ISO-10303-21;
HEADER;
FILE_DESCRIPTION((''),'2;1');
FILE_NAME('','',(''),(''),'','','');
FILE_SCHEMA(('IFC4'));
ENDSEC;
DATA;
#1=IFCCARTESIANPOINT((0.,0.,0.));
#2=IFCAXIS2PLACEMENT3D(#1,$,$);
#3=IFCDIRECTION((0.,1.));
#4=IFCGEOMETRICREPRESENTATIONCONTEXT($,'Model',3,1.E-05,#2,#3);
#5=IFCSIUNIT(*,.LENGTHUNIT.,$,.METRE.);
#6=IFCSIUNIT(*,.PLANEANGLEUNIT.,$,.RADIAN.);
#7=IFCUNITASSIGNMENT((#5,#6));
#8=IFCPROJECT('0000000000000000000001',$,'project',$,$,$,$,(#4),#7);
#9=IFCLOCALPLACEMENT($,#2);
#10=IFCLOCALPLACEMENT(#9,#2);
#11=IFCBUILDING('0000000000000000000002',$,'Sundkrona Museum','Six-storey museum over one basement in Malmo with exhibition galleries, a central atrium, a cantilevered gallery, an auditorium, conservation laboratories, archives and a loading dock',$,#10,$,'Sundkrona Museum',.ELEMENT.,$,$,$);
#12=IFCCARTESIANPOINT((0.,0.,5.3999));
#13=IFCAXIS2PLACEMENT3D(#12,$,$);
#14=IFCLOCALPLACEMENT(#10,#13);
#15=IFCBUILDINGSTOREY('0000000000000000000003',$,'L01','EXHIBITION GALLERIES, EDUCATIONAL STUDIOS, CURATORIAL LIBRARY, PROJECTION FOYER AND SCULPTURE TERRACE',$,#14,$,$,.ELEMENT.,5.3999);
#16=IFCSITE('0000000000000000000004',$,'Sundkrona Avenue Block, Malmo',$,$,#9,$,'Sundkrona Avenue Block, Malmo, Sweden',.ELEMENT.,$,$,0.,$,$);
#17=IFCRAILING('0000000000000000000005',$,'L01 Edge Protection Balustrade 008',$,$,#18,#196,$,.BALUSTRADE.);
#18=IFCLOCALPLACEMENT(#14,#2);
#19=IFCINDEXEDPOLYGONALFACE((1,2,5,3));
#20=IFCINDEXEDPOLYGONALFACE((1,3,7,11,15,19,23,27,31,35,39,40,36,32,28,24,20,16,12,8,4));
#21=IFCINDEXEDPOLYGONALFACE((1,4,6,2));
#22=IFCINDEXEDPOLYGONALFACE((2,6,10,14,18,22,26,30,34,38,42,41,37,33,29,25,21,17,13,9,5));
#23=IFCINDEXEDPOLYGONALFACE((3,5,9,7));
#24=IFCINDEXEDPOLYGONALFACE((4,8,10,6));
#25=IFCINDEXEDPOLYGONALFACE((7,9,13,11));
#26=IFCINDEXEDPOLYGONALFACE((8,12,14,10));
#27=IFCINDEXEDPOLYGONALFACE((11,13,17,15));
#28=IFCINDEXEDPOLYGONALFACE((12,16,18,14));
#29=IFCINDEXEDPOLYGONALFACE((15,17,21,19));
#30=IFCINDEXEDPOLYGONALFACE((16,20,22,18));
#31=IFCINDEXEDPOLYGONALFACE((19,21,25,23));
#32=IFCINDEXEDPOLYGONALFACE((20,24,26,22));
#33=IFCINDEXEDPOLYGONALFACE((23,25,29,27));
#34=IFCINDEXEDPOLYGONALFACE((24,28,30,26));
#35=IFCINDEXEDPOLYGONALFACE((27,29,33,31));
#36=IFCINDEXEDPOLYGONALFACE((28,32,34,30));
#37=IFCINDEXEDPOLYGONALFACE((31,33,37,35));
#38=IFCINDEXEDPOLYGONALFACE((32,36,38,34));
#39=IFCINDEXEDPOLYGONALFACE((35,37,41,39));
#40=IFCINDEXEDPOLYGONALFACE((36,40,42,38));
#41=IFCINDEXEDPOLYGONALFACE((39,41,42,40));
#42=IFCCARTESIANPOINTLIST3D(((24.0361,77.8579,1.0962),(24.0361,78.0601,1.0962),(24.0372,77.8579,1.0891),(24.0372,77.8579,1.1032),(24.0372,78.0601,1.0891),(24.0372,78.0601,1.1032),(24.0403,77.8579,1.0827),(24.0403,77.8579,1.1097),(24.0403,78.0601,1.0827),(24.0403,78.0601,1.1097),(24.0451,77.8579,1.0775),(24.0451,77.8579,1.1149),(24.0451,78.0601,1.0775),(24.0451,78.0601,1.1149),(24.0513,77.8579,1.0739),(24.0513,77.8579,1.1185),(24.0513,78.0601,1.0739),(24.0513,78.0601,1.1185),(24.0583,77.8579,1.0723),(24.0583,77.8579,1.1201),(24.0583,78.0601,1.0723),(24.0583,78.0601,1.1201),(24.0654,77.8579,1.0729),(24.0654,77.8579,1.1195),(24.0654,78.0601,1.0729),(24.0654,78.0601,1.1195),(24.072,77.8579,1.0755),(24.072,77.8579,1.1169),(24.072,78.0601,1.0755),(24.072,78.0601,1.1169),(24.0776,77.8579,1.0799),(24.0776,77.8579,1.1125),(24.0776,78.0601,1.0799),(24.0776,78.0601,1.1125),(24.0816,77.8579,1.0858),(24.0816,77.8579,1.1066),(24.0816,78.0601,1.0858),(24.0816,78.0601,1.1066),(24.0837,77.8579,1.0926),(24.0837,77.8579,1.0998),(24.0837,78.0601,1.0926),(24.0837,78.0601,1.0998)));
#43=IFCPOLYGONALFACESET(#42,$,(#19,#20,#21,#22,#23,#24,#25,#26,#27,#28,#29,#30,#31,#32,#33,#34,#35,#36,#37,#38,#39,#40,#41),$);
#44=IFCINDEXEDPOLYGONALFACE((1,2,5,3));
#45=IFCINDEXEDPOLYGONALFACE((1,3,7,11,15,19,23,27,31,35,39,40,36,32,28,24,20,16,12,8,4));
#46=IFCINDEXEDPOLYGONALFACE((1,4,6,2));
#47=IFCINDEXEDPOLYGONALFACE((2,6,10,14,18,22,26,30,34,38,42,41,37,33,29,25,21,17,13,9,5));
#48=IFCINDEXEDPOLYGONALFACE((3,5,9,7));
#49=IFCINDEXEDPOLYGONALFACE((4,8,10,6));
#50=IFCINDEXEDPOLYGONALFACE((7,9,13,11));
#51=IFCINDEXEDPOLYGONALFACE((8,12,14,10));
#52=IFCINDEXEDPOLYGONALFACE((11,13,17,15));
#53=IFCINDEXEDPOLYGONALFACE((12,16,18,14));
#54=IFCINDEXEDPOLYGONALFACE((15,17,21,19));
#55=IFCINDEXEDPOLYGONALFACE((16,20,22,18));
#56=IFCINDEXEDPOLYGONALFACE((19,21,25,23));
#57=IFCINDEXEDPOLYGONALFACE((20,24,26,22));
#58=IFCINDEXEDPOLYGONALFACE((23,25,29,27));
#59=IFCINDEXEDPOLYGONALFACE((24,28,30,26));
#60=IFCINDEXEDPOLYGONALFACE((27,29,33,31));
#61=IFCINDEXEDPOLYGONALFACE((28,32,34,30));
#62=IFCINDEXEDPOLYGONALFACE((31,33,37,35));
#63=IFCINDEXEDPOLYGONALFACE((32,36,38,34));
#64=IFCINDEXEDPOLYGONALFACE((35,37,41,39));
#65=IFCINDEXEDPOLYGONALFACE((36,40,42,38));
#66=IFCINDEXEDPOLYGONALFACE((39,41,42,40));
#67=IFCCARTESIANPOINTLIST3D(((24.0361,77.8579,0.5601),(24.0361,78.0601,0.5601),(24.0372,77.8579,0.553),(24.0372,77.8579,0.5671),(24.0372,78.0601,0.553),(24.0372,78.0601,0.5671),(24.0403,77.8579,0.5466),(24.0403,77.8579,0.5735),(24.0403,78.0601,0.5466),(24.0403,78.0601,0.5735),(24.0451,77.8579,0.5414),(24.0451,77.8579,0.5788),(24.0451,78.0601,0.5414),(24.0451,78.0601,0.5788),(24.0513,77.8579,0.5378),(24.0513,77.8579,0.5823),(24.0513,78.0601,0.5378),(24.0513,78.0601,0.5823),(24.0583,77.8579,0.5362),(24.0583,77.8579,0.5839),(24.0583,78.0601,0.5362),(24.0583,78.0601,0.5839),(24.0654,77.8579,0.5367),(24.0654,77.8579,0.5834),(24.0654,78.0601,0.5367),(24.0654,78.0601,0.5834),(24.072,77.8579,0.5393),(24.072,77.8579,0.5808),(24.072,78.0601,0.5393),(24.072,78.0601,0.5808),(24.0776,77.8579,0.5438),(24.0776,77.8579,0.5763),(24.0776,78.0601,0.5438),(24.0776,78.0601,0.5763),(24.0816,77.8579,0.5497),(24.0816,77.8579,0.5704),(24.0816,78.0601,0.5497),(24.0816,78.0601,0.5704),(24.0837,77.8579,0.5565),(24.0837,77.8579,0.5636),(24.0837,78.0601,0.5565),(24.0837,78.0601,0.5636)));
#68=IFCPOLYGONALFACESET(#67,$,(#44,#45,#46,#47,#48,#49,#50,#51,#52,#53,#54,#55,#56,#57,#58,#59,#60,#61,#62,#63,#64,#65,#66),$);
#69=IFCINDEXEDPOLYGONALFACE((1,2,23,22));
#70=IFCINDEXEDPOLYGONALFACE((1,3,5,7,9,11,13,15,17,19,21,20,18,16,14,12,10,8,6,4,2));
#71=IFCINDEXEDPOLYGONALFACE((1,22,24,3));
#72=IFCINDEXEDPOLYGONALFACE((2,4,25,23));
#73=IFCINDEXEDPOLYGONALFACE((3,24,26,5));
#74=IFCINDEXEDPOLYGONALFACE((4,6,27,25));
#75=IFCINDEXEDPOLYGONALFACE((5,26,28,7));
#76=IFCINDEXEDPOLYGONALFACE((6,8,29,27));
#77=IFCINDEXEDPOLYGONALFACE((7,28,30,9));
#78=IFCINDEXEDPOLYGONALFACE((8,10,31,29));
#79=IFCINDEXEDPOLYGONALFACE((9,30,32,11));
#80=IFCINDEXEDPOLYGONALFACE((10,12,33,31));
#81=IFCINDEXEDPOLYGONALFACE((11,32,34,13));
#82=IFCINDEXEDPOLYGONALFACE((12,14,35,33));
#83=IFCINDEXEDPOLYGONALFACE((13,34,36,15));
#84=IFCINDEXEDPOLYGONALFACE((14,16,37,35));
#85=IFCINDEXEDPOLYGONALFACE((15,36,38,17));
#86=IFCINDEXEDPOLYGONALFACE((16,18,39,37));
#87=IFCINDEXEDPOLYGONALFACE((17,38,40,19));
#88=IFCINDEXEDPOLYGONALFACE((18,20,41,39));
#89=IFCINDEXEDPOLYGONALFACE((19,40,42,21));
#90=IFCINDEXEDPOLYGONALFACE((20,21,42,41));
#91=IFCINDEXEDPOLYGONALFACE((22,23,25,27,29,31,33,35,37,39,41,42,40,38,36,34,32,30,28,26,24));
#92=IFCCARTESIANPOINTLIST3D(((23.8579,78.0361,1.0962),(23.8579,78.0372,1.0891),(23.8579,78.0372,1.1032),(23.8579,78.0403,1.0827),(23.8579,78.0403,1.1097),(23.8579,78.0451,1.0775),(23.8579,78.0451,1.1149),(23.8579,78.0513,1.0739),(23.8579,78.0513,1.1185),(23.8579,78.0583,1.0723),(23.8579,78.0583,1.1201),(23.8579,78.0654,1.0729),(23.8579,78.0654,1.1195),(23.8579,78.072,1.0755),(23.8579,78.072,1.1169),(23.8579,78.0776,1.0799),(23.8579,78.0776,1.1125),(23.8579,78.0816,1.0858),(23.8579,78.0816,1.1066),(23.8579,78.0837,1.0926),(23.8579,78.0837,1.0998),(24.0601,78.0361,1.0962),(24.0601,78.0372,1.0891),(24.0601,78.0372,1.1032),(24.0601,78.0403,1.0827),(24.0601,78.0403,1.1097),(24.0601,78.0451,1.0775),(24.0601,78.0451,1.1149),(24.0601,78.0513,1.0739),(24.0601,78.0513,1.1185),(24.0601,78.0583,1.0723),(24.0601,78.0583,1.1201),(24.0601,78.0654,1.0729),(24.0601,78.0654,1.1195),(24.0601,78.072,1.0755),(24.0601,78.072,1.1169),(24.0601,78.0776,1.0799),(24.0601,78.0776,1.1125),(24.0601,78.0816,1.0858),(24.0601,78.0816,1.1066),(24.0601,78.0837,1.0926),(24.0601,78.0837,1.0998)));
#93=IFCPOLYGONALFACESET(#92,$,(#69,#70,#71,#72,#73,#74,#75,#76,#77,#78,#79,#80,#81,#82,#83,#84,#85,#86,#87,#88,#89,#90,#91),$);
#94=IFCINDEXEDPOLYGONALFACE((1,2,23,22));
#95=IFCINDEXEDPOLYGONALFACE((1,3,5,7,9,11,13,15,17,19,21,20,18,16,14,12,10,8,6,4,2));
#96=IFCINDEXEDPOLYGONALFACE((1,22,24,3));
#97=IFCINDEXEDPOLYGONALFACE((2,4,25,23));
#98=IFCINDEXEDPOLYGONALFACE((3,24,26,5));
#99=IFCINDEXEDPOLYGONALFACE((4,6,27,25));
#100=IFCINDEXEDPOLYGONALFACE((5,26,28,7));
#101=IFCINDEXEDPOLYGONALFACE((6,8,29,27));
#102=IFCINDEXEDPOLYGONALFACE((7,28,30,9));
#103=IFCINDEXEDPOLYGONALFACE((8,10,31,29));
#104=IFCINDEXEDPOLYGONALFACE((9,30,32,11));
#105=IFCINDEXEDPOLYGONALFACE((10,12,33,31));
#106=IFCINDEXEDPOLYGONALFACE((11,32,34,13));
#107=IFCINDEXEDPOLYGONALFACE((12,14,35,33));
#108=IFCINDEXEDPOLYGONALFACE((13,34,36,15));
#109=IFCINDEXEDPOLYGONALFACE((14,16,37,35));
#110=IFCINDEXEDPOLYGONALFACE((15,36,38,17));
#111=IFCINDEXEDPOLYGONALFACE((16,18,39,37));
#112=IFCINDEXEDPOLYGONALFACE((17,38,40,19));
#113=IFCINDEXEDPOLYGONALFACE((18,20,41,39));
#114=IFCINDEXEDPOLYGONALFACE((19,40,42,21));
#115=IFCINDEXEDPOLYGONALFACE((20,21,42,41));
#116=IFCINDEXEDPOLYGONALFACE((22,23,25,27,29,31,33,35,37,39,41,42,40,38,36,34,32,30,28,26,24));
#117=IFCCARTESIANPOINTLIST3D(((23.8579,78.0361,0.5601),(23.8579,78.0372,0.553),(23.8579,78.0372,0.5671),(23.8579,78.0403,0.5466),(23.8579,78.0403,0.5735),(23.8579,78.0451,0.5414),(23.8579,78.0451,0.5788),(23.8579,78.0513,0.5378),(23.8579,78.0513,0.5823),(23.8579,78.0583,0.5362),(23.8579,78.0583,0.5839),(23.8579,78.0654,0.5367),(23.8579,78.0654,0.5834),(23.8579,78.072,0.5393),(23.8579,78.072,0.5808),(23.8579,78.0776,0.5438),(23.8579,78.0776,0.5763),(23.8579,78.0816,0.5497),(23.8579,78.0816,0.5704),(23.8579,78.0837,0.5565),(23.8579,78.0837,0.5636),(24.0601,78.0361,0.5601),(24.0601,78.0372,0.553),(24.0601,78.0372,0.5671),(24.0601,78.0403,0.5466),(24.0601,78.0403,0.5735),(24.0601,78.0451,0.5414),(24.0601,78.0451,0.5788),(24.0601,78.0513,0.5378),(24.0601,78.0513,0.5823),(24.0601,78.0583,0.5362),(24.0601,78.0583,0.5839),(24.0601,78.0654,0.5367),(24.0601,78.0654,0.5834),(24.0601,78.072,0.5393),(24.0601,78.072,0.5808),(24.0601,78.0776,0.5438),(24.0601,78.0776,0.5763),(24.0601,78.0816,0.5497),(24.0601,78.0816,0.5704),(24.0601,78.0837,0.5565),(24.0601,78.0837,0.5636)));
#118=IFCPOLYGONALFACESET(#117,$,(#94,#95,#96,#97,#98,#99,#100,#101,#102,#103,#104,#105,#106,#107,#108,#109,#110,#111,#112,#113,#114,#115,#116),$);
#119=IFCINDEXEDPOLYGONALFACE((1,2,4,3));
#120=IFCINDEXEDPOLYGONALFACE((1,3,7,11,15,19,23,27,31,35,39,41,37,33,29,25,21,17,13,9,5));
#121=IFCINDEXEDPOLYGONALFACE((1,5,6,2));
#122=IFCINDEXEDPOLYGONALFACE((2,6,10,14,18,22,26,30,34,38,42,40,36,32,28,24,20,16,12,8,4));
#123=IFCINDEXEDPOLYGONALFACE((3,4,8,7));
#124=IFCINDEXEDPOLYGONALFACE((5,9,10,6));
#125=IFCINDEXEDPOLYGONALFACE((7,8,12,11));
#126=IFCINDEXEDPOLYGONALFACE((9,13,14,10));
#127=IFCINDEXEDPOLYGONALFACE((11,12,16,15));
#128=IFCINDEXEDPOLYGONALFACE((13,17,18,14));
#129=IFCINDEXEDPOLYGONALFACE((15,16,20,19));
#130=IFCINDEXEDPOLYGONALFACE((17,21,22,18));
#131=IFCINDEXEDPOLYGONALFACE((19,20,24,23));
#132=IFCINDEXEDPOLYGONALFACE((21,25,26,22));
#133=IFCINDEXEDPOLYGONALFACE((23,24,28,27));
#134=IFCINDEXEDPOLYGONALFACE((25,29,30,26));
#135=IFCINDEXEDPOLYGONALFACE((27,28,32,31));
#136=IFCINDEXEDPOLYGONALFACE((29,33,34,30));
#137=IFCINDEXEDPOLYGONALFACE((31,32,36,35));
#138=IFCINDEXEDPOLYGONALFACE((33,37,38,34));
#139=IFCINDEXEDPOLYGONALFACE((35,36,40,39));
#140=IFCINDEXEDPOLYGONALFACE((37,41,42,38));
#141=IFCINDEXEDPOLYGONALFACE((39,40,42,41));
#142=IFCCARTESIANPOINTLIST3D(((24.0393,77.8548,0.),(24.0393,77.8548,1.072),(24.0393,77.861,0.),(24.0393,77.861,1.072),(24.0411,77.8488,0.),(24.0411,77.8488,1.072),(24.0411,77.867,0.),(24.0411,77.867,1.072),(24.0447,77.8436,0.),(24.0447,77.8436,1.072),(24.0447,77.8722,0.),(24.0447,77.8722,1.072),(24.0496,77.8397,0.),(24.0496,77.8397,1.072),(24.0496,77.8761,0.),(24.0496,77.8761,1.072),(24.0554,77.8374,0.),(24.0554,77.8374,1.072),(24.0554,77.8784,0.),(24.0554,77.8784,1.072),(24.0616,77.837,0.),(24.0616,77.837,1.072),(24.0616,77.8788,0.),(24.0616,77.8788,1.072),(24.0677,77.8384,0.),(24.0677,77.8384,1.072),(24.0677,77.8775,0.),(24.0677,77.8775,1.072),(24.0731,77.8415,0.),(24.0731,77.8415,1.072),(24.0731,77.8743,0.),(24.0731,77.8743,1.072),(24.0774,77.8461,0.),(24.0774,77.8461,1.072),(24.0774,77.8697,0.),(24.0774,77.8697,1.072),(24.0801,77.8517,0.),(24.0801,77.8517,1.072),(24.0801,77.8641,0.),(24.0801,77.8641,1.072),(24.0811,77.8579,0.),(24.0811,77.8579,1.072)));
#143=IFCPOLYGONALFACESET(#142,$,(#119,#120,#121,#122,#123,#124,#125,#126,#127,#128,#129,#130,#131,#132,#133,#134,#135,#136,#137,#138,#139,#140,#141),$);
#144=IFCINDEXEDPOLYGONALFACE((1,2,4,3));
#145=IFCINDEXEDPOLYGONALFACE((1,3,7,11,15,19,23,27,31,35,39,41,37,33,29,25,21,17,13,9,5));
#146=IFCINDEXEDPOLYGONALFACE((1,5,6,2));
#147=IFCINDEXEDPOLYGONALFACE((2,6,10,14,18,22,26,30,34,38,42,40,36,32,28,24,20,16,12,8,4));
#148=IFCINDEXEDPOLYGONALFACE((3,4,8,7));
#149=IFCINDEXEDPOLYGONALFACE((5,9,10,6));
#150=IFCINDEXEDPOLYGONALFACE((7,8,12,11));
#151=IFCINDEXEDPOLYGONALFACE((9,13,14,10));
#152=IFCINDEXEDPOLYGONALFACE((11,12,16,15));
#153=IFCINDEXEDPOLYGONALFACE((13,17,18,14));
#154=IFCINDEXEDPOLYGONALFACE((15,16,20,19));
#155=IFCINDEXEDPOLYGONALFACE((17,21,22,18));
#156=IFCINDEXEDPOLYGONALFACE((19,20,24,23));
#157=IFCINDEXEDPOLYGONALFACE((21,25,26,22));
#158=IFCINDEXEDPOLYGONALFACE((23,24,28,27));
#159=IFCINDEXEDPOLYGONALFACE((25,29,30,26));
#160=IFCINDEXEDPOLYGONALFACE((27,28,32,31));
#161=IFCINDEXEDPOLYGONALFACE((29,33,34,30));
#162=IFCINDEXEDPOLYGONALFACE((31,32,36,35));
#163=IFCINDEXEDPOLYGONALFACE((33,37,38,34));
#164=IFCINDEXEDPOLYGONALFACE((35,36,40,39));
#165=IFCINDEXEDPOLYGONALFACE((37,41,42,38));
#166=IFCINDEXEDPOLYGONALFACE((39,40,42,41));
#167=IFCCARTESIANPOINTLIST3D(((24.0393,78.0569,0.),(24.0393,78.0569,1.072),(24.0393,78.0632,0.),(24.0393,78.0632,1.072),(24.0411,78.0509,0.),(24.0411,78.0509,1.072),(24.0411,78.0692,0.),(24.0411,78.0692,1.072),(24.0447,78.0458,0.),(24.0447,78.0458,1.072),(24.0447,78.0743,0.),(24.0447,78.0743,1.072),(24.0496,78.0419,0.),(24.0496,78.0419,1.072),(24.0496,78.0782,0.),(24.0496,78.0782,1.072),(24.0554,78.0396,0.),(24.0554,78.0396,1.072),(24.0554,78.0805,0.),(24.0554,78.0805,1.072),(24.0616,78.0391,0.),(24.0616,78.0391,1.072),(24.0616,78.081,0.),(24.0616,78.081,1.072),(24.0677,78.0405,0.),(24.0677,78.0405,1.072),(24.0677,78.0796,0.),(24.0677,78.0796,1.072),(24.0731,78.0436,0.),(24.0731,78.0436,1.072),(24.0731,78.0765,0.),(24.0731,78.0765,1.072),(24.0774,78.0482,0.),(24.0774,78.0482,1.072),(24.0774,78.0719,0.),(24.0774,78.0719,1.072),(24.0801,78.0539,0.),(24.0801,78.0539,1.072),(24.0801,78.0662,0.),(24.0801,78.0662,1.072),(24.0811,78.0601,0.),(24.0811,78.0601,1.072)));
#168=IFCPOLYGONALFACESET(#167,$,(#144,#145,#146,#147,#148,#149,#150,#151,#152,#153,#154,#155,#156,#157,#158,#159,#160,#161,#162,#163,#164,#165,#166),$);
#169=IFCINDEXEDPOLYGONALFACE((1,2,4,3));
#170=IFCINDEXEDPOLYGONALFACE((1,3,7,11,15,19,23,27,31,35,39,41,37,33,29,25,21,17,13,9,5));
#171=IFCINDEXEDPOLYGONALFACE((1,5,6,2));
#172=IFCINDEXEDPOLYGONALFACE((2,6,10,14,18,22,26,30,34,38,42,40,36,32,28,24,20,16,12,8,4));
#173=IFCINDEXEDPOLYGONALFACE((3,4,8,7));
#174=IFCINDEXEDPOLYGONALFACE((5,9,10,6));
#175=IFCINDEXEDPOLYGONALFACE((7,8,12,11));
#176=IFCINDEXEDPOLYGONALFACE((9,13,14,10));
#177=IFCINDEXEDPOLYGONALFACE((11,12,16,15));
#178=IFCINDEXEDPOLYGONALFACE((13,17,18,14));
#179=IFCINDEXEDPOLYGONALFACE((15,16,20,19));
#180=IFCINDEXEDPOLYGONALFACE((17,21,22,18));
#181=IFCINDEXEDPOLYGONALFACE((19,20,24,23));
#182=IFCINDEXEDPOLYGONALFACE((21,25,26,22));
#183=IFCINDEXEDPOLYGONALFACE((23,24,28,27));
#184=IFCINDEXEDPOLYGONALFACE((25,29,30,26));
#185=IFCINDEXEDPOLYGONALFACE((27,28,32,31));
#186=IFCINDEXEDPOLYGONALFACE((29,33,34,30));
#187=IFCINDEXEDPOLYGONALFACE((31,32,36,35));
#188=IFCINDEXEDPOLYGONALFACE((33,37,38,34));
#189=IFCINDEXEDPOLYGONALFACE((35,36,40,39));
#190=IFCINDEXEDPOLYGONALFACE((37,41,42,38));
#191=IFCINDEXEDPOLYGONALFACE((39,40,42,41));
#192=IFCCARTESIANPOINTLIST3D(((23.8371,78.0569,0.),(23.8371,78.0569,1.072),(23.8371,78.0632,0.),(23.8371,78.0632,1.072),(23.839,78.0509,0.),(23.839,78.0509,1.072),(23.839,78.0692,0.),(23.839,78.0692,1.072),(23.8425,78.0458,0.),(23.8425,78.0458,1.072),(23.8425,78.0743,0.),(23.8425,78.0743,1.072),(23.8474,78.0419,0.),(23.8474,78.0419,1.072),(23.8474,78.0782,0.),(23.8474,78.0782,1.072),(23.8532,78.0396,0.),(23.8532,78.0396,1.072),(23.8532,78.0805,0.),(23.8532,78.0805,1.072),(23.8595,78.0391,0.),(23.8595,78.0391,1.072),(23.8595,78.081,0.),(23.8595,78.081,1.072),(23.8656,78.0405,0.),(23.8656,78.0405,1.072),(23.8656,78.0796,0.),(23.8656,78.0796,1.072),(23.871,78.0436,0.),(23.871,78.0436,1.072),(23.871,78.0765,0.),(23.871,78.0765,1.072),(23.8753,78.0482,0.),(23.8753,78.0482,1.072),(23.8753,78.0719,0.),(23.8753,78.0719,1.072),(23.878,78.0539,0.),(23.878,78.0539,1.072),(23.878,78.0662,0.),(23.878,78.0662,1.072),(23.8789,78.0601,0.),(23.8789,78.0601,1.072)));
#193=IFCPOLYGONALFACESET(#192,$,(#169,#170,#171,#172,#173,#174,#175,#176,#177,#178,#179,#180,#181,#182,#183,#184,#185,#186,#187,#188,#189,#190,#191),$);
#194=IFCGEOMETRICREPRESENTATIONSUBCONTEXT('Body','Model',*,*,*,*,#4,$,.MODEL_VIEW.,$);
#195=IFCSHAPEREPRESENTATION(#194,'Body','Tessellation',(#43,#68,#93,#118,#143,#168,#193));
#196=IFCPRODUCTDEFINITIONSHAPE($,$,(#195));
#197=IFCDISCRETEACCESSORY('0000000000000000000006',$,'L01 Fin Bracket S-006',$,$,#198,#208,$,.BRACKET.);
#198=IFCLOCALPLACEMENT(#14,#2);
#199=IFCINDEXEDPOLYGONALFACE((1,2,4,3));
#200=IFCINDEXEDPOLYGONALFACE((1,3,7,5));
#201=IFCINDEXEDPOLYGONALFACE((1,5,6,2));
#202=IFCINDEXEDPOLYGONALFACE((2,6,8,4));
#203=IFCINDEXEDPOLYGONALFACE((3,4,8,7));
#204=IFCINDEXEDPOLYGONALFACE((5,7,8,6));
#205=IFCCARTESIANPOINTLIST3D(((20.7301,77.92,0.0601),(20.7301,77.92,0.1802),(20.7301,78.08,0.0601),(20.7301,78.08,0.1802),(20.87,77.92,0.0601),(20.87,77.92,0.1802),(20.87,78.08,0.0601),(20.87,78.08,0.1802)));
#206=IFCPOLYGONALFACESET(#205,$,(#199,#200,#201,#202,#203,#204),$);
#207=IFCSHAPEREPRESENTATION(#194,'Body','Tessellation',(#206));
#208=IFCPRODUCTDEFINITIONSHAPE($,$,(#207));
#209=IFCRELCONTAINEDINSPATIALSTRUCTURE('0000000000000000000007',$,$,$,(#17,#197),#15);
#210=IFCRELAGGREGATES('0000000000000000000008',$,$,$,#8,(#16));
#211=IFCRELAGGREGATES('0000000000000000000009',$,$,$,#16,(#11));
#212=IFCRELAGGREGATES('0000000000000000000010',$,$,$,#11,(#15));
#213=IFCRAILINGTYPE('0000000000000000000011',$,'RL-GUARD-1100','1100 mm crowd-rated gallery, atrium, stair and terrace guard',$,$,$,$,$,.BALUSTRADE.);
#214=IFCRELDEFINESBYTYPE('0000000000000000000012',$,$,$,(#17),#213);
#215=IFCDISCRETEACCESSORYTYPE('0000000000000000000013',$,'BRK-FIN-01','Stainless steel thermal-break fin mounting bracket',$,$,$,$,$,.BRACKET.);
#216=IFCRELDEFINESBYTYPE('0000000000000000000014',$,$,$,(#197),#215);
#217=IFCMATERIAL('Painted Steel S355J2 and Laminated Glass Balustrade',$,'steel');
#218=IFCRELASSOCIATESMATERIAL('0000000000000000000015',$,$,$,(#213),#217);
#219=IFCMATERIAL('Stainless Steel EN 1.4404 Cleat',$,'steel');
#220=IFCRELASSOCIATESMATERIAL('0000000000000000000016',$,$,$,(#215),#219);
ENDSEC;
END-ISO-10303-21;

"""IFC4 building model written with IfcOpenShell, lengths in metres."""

from ifc_helpers import new_model, si_unit, direction, frame, origin, origin_2d, place, context, subcontext, project, spatial, rectangle, circle, extrude, material, type_object, element, save


model = new_model("IFC4")

# Units and contexts
model_context = context("Model", 3, precision=1e-05, world=origin(), true_north=direction((0.0, 1.0)))
body_context = subcontext(model_context, "Body", "Model", "MODEL_VIEW")
ifc_project = project(units=[si_unit("LENGTHUNIT", "METRE"), si_unit("PLANEANGLEUNIT", "RADIAN")], contexts=[model_context])

# Site, building, storey
site_placement = place(None, origin())
site = spatial("IfcSite", under=ifc_project, at=site_placement, Name="Sundkrona Avenue Block, Malmo", LongName="Sundkrona Avenue Block, Malmo, Sweden", CompositionType="ELEMENT", RefElevation=0.0)
building_placement = place(site_placement, origin())
building = spatial("IfcBuilding", under=site, at=building_placement, Name="Sundkrona Museum", Description="Six-storey museum over one basement in Malmo with exhibition galleries, a central atrium, a cantilevered gallery, an auditorium, conservation laboratories, archives and a loading dock", LongName="Sundkrona Museum", CompositionType="ELEMENT")
storey_placement = place(building_placement, frame((0.0, 0.0, 5.3999)))
storey = spatial("IfcBuildingStorey", under=building, at=storey_placement, Name="L01", Description="EXHIBITION GALLERIES, EDUCATIONAL STUDIOS, CURATORIAL LIBRARY, PROJECTION FOYER AND SCULPTURE TERRACE", CompositionType="ELEMENT", Elevation=5.3999)

# Railing
ifc_material_1 = material(Name="Painted Steel S355J2 and Laminated Glass Balustrade", Category="steel")
railing_type = type_object("IfcRailingType", Name="RL-GUARD-1100", Description="1100 mm crowd-rated gallery, atrium, stair and terrace guard", PredefinedType="BALUSTRADE", material=ifc_material_1)
railing_placement = place(storey_placement, frame((24.0601, 77.8579, 0.0)))
element("IfcRailing", 1, at=railing_placement, inside=storey, type_object=railing_type, Name="L01 Edge Protection Balustrade 008", PredefinedType="BALUSTRADE", context=body_context, shape_type="SweptSolid", body=[
    extrude(circle(Radius=0.0239, at=origin_2d()), frame((0.0, 0.0, 1.0962), z_axis=(0.0, 1.0, 0.0), x_axis=(-1.0, 0.0, 0.0)), (0.0, 0.0, 1.0), 0.2021),
    extrude(circle(Radius=0.0239, at=origin_2d()), frame((0.0, 0.0, 0.5601), z_axis=(0.0, 1.0, 0.0), x_axis=(-1.0, 0.0, 0.0)), (0.0, 0.0, 1.0), 0.2021),
    extrude(circle(Radius=0.0239, at=origin_2d()), frame((0.0, 0.2021, 1.0962), z_axis=(-1.0, 0.0, 0.0), x_axis=(0.0, -1.0, 0.0)), (0.0, 0.0, 1.0), 0.2021),
    extrude(circle(Radius=0.0239, at=origin_2d()), frame((0.0, 0.2021, 0.5601), z_axis=(-1.0, 0.0, 0.0), x_axis=(0.0, -1.0, 0.0)), (0.0, 0.0, 1.0), 0.2021),
    extrude(circle(Radius=0.021, at=origin_2d()), origin(), (0.0, 0.0, 1.0), 1.072),
    extrude(circle(Radius=0.021, at=origin_2d()), frame((0.0, 0.2021, 0.0)), (0.0, 0.0, 1.0), 1.072),
    extrude(circle(Radius=0.021, at=origin_2d()), frame((-0.2021, 0.2021, 0.0)), (0.0, 0.0, 1.0), 1.072),
])

# Discrete accessory
ifc_material_2 = material(Name="Stainless Steel EN 1.4404 Cleat", Category="steel")
discrete_accessory_type = type_object("IfcDiscreteAccessoryType", Name="BRK-FIN-01", Description="Stainless steel thermal-break fin mounting bracket", PredefinedType="BRACKET", material=ifc_material_2)
for number, where, z_axis, x_axis, name in (
    (2, (20.8, 78.0, 0.0601), (0.0, 0.0, 1.0), (1.0, 0.0, 0.0), "L01 Fin Bracket S-006"),
):
    element("IfcDiscreteAccessory", number, at=place(storey_placement, frame(where, z_axis=z_axis, x_axis=x_axis)), inside=storey, type_object=discrete_accessory_type, Name=name, PredefinedType="BRACKET", context=body_context, shape_type="SweptSolid", body=[
        extrude(rectangle(XDim=0.1399, YDim=0.1599, at=origin_2d()), origin(), (0.0, 0.0, 1.0), 0.1201),
    ])

save(model, "model.ifc")
